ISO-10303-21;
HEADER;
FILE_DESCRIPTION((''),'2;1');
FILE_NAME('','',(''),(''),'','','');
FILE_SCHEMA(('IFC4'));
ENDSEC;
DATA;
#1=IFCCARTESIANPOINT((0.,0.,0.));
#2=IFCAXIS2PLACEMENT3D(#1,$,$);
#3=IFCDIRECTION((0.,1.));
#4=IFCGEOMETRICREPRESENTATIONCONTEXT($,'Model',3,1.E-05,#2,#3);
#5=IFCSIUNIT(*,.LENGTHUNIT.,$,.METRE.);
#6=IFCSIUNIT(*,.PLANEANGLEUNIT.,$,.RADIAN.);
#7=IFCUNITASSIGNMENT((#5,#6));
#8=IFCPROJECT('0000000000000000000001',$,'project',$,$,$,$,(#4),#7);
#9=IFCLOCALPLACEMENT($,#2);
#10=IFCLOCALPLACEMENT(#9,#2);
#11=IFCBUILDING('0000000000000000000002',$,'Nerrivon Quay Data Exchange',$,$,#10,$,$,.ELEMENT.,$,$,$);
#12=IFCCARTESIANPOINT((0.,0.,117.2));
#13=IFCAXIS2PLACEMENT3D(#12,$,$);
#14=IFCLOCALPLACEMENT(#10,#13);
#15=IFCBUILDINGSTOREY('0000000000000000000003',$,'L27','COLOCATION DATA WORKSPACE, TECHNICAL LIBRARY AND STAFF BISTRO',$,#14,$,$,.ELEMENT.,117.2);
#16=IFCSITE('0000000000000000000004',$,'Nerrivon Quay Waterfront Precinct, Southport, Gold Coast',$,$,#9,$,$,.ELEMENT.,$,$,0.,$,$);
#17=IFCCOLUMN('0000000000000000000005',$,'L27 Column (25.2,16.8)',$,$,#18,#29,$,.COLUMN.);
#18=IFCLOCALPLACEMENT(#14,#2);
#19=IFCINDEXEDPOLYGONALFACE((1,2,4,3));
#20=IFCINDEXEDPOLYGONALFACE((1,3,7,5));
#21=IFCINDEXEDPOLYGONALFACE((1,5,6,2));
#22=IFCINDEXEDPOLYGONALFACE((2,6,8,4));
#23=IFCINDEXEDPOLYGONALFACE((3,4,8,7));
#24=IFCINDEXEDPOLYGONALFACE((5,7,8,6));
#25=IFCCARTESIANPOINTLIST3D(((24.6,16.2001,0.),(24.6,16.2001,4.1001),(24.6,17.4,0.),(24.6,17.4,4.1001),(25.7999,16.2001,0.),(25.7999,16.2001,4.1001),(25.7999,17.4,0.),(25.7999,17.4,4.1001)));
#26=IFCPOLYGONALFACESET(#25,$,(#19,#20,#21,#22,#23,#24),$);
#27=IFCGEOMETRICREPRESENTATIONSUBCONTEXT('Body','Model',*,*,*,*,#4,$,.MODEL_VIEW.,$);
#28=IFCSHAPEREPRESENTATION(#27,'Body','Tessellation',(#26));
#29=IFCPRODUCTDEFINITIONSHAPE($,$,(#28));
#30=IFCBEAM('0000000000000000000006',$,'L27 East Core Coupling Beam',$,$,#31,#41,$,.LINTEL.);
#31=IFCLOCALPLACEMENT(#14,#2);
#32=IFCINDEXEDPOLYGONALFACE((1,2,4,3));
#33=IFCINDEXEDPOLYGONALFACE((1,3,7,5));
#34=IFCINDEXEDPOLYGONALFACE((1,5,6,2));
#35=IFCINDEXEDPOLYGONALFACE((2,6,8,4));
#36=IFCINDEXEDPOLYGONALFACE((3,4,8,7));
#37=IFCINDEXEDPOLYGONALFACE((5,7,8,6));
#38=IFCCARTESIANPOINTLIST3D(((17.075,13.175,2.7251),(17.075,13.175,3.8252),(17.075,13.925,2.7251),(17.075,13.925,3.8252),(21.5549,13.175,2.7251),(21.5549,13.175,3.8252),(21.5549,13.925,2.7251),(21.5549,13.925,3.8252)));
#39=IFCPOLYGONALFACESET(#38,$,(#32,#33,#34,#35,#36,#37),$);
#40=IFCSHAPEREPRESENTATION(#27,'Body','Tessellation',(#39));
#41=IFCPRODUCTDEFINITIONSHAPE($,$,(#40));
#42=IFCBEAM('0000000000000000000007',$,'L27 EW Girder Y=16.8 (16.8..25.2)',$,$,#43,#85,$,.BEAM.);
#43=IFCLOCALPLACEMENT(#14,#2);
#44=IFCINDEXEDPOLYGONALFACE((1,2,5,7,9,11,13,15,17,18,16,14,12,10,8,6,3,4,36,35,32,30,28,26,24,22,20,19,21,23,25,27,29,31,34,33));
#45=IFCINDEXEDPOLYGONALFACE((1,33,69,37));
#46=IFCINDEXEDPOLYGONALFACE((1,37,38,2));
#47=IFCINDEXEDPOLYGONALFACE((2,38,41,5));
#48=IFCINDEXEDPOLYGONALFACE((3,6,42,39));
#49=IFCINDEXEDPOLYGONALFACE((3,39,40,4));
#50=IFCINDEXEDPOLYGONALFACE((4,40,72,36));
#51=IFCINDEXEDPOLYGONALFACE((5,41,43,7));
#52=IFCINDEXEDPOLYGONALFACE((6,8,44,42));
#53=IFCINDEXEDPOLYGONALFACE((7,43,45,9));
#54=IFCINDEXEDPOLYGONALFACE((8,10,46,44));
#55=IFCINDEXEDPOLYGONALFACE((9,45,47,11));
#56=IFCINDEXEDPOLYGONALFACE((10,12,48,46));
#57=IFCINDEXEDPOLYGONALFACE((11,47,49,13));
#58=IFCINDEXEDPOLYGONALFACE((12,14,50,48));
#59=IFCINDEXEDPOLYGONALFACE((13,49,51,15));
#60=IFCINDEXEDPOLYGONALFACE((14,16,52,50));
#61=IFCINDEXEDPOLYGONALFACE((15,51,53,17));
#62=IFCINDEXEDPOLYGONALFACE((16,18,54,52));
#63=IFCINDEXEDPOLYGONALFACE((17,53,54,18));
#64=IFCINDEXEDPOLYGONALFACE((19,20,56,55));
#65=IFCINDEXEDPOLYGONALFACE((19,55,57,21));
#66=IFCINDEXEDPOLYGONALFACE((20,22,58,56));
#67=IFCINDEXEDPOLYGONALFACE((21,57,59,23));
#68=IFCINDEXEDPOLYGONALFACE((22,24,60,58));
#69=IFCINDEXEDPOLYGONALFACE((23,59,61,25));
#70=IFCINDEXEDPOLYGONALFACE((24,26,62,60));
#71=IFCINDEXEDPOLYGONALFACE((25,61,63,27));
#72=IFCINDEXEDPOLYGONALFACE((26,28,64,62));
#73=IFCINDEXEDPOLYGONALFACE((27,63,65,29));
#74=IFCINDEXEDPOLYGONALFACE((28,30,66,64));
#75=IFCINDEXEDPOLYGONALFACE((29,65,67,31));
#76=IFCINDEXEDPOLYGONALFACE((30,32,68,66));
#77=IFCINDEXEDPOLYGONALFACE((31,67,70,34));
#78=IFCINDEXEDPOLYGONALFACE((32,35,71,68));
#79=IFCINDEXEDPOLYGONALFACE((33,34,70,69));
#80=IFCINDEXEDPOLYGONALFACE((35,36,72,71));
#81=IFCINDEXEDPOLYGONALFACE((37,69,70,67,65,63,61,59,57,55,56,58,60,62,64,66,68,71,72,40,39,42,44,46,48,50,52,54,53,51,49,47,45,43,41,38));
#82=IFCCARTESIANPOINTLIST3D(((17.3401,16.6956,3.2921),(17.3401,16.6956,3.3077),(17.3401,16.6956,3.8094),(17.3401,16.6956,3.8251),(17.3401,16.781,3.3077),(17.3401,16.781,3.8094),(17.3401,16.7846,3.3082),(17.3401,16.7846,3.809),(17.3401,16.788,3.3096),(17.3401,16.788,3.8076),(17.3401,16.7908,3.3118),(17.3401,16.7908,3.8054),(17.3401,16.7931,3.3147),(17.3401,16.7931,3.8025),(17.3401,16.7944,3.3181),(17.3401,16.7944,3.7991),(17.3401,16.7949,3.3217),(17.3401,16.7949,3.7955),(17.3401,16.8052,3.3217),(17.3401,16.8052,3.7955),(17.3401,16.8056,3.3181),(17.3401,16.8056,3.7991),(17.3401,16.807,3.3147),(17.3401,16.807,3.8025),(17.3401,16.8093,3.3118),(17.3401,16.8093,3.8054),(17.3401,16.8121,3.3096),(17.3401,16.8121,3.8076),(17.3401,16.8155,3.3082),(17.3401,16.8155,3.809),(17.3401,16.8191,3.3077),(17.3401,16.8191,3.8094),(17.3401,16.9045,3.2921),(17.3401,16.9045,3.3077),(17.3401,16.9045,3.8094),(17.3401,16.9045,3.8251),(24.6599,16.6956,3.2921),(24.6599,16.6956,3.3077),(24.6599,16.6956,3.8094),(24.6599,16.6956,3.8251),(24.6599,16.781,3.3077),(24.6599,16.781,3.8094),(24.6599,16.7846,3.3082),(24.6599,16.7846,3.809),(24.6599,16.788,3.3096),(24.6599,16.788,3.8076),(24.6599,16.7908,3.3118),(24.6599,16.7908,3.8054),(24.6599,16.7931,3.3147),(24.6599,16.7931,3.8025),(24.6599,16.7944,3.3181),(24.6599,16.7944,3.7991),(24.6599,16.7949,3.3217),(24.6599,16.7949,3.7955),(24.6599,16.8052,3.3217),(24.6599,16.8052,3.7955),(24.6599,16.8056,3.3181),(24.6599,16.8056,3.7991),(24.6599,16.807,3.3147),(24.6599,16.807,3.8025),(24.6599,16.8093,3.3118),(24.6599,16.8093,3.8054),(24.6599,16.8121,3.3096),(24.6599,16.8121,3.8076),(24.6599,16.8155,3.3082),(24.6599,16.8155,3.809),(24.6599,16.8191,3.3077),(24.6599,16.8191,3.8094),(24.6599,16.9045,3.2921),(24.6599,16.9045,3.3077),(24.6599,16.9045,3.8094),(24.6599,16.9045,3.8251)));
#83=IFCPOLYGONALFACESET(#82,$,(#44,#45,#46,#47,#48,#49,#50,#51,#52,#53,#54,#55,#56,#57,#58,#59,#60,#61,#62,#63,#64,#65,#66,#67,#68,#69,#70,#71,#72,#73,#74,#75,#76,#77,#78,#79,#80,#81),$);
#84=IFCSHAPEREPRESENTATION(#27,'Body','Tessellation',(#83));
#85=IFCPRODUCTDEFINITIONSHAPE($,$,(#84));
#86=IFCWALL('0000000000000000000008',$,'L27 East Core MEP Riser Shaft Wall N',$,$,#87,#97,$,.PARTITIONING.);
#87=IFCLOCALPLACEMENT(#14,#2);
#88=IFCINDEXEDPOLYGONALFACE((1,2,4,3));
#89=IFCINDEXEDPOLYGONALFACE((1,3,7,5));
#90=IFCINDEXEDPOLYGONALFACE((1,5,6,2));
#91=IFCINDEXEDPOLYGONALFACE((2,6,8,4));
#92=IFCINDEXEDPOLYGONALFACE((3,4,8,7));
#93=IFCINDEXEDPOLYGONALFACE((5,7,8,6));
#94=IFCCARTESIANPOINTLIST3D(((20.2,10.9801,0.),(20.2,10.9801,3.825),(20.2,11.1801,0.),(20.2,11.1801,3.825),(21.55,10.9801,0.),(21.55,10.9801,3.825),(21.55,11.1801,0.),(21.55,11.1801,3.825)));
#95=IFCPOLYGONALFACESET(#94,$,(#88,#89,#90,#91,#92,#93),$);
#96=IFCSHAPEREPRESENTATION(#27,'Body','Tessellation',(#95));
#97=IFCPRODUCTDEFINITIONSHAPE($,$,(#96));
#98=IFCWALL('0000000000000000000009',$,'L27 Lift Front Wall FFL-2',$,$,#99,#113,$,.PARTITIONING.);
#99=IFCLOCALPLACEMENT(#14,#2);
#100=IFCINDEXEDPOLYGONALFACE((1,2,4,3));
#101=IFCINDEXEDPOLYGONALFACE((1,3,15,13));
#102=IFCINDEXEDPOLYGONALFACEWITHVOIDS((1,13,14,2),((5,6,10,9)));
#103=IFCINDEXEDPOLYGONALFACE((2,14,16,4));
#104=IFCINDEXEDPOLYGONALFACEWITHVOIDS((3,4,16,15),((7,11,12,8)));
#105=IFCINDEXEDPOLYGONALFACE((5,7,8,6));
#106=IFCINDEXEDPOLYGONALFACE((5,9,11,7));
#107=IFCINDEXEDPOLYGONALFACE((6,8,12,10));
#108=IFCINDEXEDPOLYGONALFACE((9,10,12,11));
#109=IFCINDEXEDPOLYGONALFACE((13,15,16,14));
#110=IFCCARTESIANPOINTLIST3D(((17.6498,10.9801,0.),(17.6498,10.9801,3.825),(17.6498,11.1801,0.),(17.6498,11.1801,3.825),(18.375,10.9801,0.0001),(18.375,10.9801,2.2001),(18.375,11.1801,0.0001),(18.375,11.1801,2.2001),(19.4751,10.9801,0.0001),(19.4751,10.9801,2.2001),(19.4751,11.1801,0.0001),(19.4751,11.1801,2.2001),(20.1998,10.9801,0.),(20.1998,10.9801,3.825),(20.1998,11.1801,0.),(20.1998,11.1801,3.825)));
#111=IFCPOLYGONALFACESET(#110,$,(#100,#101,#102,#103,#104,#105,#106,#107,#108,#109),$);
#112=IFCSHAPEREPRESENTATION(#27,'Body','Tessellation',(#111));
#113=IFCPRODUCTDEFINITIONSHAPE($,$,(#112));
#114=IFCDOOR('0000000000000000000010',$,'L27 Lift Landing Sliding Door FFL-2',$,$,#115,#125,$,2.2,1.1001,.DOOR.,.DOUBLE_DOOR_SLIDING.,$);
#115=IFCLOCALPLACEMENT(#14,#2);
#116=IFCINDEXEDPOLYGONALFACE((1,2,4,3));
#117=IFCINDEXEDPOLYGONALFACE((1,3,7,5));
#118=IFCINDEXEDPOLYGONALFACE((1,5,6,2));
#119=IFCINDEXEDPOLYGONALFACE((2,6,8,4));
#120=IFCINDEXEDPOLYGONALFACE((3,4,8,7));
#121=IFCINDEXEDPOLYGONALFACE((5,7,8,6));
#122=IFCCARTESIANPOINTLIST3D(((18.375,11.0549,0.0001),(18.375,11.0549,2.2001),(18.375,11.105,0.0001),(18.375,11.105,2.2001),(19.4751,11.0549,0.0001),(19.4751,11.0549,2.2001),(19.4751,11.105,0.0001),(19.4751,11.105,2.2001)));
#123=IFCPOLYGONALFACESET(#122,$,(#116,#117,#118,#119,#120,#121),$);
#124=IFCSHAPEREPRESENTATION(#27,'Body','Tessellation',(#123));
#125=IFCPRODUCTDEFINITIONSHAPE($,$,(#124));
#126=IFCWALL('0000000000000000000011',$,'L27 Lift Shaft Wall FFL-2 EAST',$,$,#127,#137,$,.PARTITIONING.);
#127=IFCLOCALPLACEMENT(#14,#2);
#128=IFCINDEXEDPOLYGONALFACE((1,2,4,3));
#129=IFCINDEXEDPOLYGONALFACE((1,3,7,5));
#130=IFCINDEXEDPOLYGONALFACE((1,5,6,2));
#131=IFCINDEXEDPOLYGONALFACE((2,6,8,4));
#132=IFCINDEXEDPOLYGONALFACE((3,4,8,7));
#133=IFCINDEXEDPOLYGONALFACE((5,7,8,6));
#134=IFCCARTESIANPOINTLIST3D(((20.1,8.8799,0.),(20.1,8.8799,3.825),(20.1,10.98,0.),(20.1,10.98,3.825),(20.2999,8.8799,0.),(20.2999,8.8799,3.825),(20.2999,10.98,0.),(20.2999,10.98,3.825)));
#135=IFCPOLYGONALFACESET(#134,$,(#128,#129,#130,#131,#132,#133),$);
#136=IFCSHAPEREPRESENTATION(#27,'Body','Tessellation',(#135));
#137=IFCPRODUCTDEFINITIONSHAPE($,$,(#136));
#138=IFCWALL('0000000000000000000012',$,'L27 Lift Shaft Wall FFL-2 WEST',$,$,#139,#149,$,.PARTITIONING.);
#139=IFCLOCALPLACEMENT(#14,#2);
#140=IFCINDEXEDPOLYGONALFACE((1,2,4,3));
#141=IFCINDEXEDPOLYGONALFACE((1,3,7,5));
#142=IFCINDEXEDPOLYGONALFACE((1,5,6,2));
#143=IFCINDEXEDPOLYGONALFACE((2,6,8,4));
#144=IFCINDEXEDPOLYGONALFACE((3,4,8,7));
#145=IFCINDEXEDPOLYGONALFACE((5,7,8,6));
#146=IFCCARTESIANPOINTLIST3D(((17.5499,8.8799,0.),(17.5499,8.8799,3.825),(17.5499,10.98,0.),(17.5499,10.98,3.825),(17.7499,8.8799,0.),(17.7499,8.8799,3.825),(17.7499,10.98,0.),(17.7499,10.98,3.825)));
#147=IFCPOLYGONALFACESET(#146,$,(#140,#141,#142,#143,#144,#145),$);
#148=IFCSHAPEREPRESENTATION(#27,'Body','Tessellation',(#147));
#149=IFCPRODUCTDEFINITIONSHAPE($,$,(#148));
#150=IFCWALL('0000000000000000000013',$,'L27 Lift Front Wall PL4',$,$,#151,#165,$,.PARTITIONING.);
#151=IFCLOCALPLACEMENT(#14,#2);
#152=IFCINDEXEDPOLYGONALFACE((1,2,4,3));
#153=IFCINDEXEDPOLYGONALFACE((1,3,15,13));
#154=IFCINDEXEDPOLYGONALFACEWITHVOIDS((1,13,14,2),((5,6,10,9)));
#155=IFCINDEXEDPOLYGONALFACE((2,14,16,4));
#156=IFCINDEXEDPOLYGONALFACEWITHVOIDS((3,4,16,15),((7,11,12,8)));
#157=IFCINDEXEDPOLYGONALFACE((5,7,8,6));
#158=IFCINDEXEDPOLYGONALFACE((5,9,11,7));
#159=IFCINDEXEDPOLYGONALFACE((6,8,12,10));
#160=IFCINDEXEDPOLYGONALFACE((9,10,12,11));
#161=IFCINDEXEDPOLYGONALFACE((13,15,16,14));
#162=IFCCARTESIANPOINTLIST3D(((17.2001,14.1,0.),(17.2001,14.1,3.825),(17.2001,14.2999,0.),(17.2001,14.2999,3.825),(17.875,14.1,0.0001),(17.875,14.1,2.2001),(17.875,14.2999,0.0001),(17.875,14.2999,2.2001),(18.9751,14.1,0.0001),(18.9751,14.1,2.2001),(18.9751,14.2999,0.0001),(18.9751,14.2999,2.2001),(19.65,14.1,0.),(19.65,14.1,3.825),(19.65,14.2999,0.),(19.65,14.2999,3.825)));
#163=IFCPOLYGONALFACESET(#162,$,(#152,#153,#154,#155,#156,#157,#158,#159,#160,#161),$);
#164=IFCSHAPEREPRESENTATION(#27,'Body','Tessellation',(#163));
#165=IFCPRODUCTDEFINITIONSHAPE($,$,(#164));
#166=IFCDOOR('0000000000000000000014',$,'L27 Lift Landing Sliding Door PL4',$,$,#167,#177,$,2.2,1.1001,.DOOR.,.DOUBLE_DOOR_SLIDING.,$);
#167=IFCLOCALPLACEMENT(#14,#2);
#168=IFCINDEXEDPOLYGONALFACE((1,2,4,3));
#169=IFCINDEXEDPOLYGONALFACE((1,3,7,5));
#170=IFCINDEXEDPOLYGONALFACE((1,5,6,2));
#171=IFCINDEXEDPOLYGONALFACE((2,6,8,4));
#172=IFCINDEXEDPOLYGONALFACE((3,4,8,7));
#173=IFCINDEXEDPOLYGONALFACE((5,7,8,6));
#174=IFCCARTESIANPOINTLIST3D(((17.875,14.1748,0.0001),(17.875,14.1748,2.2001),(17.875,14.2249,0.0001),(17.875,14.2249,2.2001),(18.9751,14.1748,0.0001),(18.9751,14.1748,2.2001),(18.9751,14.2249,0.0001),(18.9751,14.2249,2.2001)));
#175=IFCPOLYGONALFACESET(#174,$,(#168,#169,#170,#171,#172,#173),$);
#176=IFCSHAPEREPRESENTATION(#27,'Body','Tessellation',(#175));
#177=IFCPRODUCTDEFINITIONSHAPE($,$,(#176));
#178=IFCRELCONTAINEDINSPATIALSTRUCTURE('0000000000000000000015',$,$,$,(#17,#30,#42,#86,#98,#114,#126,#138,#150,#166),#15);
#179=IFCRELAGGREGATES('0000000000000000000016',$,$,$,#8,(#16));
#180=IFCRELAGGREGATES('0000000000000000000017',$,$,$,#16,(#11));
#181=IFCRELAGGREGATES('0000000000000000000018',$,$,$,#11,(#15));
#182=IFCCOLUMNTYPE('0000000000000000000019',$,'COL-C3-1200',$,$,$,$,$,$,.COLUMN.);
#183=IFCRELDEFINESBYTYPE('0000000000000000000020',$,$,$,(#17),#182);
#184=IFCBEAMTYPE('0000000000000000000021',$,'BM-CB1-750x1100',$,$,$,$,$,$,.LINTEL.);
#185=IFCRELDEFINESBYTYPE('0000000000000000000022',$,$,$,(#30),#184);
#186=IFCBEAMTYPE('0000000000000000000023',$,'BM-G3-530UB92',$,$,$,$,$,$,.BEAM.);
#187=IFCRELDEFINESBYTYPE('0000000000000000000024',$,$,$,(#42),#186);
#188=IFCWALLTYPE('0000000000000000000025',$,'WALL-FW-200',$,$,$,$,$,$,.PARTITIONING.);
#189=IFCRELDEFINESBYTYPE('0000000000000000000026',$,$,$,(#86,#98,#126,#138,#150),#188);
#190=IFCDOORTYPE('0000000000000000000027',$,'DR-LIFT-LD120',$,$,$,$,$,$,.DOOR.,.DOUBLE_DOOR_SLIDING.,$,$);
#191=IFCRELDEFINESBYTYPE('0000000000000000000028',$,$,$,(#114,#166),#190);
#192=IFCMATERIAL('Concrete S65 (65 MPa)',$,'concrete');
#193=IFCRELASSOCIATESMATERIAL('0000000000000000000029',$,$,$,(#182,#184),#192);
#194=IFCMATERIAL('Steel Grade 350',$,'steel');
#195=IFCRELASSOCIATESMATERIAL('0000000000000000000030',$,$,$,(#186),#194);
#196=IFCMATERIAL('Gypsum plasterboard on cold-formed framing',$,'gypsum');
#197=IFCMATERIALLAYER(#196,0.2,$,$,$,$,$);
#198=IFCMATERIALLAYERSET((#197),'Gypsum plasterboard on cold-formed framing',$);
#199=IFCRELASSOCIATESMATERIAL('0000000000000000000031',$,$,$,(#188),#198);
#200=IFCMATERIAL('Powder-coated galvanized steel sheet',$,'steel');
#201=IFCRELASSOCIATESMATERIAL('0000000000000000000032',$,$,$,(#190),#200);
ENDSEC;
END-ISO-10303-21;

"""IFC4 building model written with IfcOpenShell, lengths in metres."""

from ifc_helpers import new_model, si_unit, direction, frame, frame_2d, origin, origin_2d, place, context, subcontext, project, spatial, rectangle, i_section, extrude, material, layer, layer_set, material_profile, profile_set, type_object, element, fill, save


model = new_model("IFC4")

# Units and contexts
model_context = context("Model", 3, precision=1e-05, world=origin(), true_north=direction((0.0, 1.0)))
body_context = subcontext(model_context, "Body", "Model", "MODEL_VIEW")
ifc_project = project(units=[si_unit("LENGTHUNIT", "METRE"), si_unit("PLANEANGLEUNIT", "RADIAN")], contexts=[model_context])

# Site, building, storey
site_placement = place(None, origin())
site = spatial("IfcSite", under=ifc_project, at=site_placement, Name="Nerrivon Quay Waterfront Precinct, Southport, Gold Coast", CompositionType="ELEMENT", RefElevation=0.0)
building_placement = place(site_placement, origin())
building = spatial("IfcBuilding", under=site, at=building_placement, Name="Nerrivon Quay Data Exchange", CompositionType="ELEMENT")
storey_placement = place(building_placement, frame((0.0, 0.0, 117.2)))
storey = spatial("IfcBuildingStorey", under=building, at=storey_placement, Name="L27", Description="COLOCATION DATA WORKSPACE, TECHNICAL LIBRARY AND STAFF BISTRO", CompositionType="ELEMENT", Elevation=117.2)

# Column
ifc_material_1 = material(Name="Concrete S65 (65 MPa)", Category="concrete")
ifc_material_profile_1 = material_profile(ifc_material_1, rectangle(XDim=1.2, YDim=1.2, at=origin_2d()), Name="RC-COL-1200x1200")
ifc_profile_set_1 = profile_set([ifc_material_profile_1], Name="Concrete S65 (65 MPa)")
column_type = type_object("IfcColumnType", Name="COL-C3-1200", PredefinedType="COLUMN", material=ifc_profile_set_1)
column_placement = place(storey_placement, frame((25.2, 16.8, 0.0), z_axis=(0.0, 0.0, 1.0), x_axis=(1.0, 0.0, 0.0)))
element("IfcColumn", 1, at=column_placement, inside=storey, type_object=column_type, Name="L27 Column (25.2,16.8)", PredefinedType="COLUMN", context=body_context, shape_type="SweptSolid", body=[
    extrude(rectangle(XDim=1.2, YDim=1.2, at=origin_2d()), origin(), (0.0, 0.0, 1.0), 4.1001),
])

# Beams
ifc_material_profile_2 = material_profile(ifc_material_1, rectangle(XDim=0.75, YDim=1.1001, at=origin_2d()), Name="RC-CB-750x1100")
ifc_profile_set_2 = profile_set([ifc_material_profile_2], Name="Concrete S65 (65 MPa)")
beam_type_1 = type_object("IfcBeamType", Name="BM-CB1-750x1100", PredefinedType="LINTEL", material=ifc_profile_set_2)
beam_1_placement = place(storey_placement, frame((17.075, 13.55, 3.2751), z_axis=(1.0, 0.0, 0.0), x_axis=(0.0, 1.0, 0.0)))
element("IfcBeam", 2, at=beam_1_placement, inside=storey, type_object=beam_type_1, Name="L27 East Core Coupling Beam", PredefinedType="LINTEL", context=body_context, shape_type="SweptSolid", body=[
    extrude(rectangle(XDim=0.75, YDim=1.1001, at=origin_2d()), origin(), (0.0, 0.0, 1.0), 4.48),
])
ifc_material_2 = material(Name="Steel Grade 350", Category="steel")
ifc_material_profile_3 = material_profile(ifc_material_2, i_section(OverallWidth=0.209, OverallDepth=0.533, WebThickness=0.0103, FlangeThickness=0.0156, FilletRadius=0.0139, at=origin_2d()), Name="530UB92.4")
ifc_profile_set_3 = profile_set([ifc_material_profile_3], Name="Steel Grade 350")
beam_type_2 = type_object("IfcBeamType", Name="BM-G3-530UB92", PredefinedType="BEAM", material=ifc_profile_set_3)
beam_2_placement = place(storey_placement, frame((17.3401, 16.8, 3.5586), z_axis=(1.0, 0.0, 0.0), x_axis=(0.0, 1.0, 0.0)))
element("IfcBeam", 3, at=beam_2_placement, inside=storey, type_object=beam_type_2, Name="L27 EW Girder Y=16.8 (16.8..25.2)", PredefinedType="BEAM", context=body_context, shape_type="SweptSolid", body=[
    extrude(i_section(OverallWidth=0.209, OverallDepth=0.533, WebThickness=0.0103, FlangeThickness=0.0156, FilletRadius=0.0139, at=origin_2d()), origin(), (0.0, 0.0, 1.0), 7.3198),
])

# Wall
ifc_material_3 = material(Name="Gypsum plasterboard on cold-formed framing", Category="gypsum")
ifc_layer_1 = layer(ifc_material_3, 0.2)
ifc_layer_set_1 = layer_set([ifc_layer_1], Name="Gypsum plasterboard on cold-formed framing")
wall_type_1 = type_object("IfcWallType", Name="WALL-FW-200", PredefinedType="PARTITIONING", material=ifc_layer_set_1)
wall_1_placement = place(storey_placement, frame((20.2, 11.0801, 0.0), z_axis=(0.0, 0.0, 1.0), x_axis=(1.0, 0.0, 0.0)))
element("IfcWall", 4, at=wall_1_placement, inside=storey, type_object=wall_type_1, Name="L27 East Core MEP Riser Shaft Wall N", PredefinedType="PARTITIONING", context=body_context, shape_type="SweptSolid", body=[
    extrude(rectangle(XDim=1.3501, YDim=0.2, at=frame_2d((0.675, 0.0))), origin(), (0.0, 0.0, 1.0), 3.825),
])

# Wall, opening, door
wall_2_placement = place(storey_placement, frame((17.6499, 11.0801, 0.0), z_axis=(0.0, 0.0, 1.0), x_axis=(1.0, 0.0, 0.0)))
wall_2 = element("IfcWall", 5, at=wall_2_placement, inside=storey, type_object=wall_type_1, Name="L27 Lift Front Wall FFL-2", PredefinedType="PARTITIONING", context=body_context, shape_type="SweptSolid", body=[
    extrude(rectangle(XDim=2.55, YDim=0.2, at=frame_2d((1.2749, 0.0))), origin(), (0.0, 0.0, 1.0), 3.825),
])
opening_1_placement = place(wall_2_placement, frame((0.7251, 0.0, 0.0)))
opening_1 = element("IfcOpeningElement", 6, at=opening_1_placement, cuts=wall_2, PredefinedType="OPENING", context=body_context, shape_type="SweptSolid", body=[
    extrude(rectangle(XDim=1.1001, YDim=2.2, at=frame_2d((0.55, 1.1001))), frame((0.0, 0.1099, 0.0), z_axis=(0.0, -1.0, 0.0), x_axis=(1.0, 0.0, 0.0)), (0.0, 0.0, 1.0), 0.22),
])
ifc_material_4 = material(Name="Powder-coated galvanized steel sheet", Category="steel")
door_type_1 = type_object("IfcDoorType", Name="DR-LIFT-LD120", OperationType="DOUBLE_DOOR_SLIDING", PredefinedType="DOOR", material=ifc_material_4)
door_1_placement = place(opening_1_placement, origin())
door_1 = element("IfcDoor", 7, at=door_1_placement, inside=storey, type_object=door_type_1, Name="L27 Lift Landing Sliding Door FFL-2", OperationType="DOUBLE_DOOR_SLIDING", OverallHeight=2.2, OverallWidth=1.1001, PredefinedType="DOOR", context=body_context, shape_type="SweptSolid", body=[
    extrude(rectangle(XDim=1.1001, YDim=2.2, at=frame_2d((0.55, 1.1001))), frame((0.0, 0.0249, 0.0), z_axis=(0.0, -1.0, 0.0), x_axis=(1.0, 0.0, 0.0)), (0.0, 0.0, 1.0), 0.05),
])
fill(opening_1, door_1)

# Walls
for number, where, z_axis, x_axis, name in (
    (8, (20.2, 8.8799, 0.0), (0.0, 0.0, 1.0), (0.0, 1.0, 0.0), "L27 Lift Shaft Wall FFL-2 EAST"),
    (9, (17.6499, 8.8799, 0.0), (0.0, 0.0, 1.0), (0.0, 1.0, 0.0), "L27 Lift Shaft Wall FFL-2 WEST"),
):
    element("IfcWall", number, at=place(storey_placement, frame(where, z_axis=z_axis, x_axis=x_axis)), inside=storey, type_object=wall_type_1, Name=name, PredefinedType="PARTITIONING", context=body_context, shape_type="SweptSolid", body=[
        extrude(rectangle(XDim=2.1001, YDim=0.2, at=frame_2d((1.05, 0.0))), origin(), (0.0, 0.0, 1.0), 3.825),
    ])

# Wall, opening, door
wall_3_placement = place(storey_placement, frame((17.2, 14.2, 0.0), z_axis=(0.0, 0.0, 1.0), x_axis=(1.0, 0.0, 0.0)))
wall_3 = element("IfcWall", 10, at=wall_3_placement, inside=storey, type_object=wall_type_1, Name="L27 Lift Front Wall PL4", PredefinedType="PARTITIONING", context=body_context, shape_type="SweptSolid", body=[
    extrude(rectangle(XDim=2.45, YDim=0.2, at=frame_2d((1.2251, 0.0))), origin(), (0.0, 0.0, 1.0), 3.825),
])
opening_2_placement = place(wall_3_placement, frame((0.675, 0.0, 0.0)))
opening_2 = element("IfcOpeningElement", 11, at=opening_2_placement, cuts=wall_3, PredefinedType="OPENING", context=body_context, shape_type="SweptSolid", body=[
    extrude(rectangle(XDim=1.1001, YDim=2.2, at=frame_2d((0.55, 1.1001))), frame((0.0, 0.1099, 0.0), z_axis=(0.0, -1.0, 0.0), x_axis=(1.0, 0.0, 0.0)), (0.0, 0.0, 1.0), 0.22),
])
door_2_placement = place(opening_2_placement, origin())
door_2 = element("IfcDoor", 12, at=door_2_placement, inside=storey, type_object=door_type_1, Name="L27 Lift Landing Sliding Door PL4", OperationType="DOUBLE_DOOR_SLIDING", OverallHeight=2.2, OverallWidth=1.1001, PredefinedType="DOOR", context=body_context, shape_type="SweptSolid", body=[
    extrude(rectangle(XDim=1.1001, YDim=2.2, at=frame_2d((0.55, 1.1001))), frame((0.0, 0.0249, 0.0), z_axis=(0.0, -1.0, 0.0), x_axis=(1.0, 0.0, 0.0)), (0.0, 0.0, 1.0), 0.05),
])
fill(opening_2, door_2)

save(model, "model.ifc")
